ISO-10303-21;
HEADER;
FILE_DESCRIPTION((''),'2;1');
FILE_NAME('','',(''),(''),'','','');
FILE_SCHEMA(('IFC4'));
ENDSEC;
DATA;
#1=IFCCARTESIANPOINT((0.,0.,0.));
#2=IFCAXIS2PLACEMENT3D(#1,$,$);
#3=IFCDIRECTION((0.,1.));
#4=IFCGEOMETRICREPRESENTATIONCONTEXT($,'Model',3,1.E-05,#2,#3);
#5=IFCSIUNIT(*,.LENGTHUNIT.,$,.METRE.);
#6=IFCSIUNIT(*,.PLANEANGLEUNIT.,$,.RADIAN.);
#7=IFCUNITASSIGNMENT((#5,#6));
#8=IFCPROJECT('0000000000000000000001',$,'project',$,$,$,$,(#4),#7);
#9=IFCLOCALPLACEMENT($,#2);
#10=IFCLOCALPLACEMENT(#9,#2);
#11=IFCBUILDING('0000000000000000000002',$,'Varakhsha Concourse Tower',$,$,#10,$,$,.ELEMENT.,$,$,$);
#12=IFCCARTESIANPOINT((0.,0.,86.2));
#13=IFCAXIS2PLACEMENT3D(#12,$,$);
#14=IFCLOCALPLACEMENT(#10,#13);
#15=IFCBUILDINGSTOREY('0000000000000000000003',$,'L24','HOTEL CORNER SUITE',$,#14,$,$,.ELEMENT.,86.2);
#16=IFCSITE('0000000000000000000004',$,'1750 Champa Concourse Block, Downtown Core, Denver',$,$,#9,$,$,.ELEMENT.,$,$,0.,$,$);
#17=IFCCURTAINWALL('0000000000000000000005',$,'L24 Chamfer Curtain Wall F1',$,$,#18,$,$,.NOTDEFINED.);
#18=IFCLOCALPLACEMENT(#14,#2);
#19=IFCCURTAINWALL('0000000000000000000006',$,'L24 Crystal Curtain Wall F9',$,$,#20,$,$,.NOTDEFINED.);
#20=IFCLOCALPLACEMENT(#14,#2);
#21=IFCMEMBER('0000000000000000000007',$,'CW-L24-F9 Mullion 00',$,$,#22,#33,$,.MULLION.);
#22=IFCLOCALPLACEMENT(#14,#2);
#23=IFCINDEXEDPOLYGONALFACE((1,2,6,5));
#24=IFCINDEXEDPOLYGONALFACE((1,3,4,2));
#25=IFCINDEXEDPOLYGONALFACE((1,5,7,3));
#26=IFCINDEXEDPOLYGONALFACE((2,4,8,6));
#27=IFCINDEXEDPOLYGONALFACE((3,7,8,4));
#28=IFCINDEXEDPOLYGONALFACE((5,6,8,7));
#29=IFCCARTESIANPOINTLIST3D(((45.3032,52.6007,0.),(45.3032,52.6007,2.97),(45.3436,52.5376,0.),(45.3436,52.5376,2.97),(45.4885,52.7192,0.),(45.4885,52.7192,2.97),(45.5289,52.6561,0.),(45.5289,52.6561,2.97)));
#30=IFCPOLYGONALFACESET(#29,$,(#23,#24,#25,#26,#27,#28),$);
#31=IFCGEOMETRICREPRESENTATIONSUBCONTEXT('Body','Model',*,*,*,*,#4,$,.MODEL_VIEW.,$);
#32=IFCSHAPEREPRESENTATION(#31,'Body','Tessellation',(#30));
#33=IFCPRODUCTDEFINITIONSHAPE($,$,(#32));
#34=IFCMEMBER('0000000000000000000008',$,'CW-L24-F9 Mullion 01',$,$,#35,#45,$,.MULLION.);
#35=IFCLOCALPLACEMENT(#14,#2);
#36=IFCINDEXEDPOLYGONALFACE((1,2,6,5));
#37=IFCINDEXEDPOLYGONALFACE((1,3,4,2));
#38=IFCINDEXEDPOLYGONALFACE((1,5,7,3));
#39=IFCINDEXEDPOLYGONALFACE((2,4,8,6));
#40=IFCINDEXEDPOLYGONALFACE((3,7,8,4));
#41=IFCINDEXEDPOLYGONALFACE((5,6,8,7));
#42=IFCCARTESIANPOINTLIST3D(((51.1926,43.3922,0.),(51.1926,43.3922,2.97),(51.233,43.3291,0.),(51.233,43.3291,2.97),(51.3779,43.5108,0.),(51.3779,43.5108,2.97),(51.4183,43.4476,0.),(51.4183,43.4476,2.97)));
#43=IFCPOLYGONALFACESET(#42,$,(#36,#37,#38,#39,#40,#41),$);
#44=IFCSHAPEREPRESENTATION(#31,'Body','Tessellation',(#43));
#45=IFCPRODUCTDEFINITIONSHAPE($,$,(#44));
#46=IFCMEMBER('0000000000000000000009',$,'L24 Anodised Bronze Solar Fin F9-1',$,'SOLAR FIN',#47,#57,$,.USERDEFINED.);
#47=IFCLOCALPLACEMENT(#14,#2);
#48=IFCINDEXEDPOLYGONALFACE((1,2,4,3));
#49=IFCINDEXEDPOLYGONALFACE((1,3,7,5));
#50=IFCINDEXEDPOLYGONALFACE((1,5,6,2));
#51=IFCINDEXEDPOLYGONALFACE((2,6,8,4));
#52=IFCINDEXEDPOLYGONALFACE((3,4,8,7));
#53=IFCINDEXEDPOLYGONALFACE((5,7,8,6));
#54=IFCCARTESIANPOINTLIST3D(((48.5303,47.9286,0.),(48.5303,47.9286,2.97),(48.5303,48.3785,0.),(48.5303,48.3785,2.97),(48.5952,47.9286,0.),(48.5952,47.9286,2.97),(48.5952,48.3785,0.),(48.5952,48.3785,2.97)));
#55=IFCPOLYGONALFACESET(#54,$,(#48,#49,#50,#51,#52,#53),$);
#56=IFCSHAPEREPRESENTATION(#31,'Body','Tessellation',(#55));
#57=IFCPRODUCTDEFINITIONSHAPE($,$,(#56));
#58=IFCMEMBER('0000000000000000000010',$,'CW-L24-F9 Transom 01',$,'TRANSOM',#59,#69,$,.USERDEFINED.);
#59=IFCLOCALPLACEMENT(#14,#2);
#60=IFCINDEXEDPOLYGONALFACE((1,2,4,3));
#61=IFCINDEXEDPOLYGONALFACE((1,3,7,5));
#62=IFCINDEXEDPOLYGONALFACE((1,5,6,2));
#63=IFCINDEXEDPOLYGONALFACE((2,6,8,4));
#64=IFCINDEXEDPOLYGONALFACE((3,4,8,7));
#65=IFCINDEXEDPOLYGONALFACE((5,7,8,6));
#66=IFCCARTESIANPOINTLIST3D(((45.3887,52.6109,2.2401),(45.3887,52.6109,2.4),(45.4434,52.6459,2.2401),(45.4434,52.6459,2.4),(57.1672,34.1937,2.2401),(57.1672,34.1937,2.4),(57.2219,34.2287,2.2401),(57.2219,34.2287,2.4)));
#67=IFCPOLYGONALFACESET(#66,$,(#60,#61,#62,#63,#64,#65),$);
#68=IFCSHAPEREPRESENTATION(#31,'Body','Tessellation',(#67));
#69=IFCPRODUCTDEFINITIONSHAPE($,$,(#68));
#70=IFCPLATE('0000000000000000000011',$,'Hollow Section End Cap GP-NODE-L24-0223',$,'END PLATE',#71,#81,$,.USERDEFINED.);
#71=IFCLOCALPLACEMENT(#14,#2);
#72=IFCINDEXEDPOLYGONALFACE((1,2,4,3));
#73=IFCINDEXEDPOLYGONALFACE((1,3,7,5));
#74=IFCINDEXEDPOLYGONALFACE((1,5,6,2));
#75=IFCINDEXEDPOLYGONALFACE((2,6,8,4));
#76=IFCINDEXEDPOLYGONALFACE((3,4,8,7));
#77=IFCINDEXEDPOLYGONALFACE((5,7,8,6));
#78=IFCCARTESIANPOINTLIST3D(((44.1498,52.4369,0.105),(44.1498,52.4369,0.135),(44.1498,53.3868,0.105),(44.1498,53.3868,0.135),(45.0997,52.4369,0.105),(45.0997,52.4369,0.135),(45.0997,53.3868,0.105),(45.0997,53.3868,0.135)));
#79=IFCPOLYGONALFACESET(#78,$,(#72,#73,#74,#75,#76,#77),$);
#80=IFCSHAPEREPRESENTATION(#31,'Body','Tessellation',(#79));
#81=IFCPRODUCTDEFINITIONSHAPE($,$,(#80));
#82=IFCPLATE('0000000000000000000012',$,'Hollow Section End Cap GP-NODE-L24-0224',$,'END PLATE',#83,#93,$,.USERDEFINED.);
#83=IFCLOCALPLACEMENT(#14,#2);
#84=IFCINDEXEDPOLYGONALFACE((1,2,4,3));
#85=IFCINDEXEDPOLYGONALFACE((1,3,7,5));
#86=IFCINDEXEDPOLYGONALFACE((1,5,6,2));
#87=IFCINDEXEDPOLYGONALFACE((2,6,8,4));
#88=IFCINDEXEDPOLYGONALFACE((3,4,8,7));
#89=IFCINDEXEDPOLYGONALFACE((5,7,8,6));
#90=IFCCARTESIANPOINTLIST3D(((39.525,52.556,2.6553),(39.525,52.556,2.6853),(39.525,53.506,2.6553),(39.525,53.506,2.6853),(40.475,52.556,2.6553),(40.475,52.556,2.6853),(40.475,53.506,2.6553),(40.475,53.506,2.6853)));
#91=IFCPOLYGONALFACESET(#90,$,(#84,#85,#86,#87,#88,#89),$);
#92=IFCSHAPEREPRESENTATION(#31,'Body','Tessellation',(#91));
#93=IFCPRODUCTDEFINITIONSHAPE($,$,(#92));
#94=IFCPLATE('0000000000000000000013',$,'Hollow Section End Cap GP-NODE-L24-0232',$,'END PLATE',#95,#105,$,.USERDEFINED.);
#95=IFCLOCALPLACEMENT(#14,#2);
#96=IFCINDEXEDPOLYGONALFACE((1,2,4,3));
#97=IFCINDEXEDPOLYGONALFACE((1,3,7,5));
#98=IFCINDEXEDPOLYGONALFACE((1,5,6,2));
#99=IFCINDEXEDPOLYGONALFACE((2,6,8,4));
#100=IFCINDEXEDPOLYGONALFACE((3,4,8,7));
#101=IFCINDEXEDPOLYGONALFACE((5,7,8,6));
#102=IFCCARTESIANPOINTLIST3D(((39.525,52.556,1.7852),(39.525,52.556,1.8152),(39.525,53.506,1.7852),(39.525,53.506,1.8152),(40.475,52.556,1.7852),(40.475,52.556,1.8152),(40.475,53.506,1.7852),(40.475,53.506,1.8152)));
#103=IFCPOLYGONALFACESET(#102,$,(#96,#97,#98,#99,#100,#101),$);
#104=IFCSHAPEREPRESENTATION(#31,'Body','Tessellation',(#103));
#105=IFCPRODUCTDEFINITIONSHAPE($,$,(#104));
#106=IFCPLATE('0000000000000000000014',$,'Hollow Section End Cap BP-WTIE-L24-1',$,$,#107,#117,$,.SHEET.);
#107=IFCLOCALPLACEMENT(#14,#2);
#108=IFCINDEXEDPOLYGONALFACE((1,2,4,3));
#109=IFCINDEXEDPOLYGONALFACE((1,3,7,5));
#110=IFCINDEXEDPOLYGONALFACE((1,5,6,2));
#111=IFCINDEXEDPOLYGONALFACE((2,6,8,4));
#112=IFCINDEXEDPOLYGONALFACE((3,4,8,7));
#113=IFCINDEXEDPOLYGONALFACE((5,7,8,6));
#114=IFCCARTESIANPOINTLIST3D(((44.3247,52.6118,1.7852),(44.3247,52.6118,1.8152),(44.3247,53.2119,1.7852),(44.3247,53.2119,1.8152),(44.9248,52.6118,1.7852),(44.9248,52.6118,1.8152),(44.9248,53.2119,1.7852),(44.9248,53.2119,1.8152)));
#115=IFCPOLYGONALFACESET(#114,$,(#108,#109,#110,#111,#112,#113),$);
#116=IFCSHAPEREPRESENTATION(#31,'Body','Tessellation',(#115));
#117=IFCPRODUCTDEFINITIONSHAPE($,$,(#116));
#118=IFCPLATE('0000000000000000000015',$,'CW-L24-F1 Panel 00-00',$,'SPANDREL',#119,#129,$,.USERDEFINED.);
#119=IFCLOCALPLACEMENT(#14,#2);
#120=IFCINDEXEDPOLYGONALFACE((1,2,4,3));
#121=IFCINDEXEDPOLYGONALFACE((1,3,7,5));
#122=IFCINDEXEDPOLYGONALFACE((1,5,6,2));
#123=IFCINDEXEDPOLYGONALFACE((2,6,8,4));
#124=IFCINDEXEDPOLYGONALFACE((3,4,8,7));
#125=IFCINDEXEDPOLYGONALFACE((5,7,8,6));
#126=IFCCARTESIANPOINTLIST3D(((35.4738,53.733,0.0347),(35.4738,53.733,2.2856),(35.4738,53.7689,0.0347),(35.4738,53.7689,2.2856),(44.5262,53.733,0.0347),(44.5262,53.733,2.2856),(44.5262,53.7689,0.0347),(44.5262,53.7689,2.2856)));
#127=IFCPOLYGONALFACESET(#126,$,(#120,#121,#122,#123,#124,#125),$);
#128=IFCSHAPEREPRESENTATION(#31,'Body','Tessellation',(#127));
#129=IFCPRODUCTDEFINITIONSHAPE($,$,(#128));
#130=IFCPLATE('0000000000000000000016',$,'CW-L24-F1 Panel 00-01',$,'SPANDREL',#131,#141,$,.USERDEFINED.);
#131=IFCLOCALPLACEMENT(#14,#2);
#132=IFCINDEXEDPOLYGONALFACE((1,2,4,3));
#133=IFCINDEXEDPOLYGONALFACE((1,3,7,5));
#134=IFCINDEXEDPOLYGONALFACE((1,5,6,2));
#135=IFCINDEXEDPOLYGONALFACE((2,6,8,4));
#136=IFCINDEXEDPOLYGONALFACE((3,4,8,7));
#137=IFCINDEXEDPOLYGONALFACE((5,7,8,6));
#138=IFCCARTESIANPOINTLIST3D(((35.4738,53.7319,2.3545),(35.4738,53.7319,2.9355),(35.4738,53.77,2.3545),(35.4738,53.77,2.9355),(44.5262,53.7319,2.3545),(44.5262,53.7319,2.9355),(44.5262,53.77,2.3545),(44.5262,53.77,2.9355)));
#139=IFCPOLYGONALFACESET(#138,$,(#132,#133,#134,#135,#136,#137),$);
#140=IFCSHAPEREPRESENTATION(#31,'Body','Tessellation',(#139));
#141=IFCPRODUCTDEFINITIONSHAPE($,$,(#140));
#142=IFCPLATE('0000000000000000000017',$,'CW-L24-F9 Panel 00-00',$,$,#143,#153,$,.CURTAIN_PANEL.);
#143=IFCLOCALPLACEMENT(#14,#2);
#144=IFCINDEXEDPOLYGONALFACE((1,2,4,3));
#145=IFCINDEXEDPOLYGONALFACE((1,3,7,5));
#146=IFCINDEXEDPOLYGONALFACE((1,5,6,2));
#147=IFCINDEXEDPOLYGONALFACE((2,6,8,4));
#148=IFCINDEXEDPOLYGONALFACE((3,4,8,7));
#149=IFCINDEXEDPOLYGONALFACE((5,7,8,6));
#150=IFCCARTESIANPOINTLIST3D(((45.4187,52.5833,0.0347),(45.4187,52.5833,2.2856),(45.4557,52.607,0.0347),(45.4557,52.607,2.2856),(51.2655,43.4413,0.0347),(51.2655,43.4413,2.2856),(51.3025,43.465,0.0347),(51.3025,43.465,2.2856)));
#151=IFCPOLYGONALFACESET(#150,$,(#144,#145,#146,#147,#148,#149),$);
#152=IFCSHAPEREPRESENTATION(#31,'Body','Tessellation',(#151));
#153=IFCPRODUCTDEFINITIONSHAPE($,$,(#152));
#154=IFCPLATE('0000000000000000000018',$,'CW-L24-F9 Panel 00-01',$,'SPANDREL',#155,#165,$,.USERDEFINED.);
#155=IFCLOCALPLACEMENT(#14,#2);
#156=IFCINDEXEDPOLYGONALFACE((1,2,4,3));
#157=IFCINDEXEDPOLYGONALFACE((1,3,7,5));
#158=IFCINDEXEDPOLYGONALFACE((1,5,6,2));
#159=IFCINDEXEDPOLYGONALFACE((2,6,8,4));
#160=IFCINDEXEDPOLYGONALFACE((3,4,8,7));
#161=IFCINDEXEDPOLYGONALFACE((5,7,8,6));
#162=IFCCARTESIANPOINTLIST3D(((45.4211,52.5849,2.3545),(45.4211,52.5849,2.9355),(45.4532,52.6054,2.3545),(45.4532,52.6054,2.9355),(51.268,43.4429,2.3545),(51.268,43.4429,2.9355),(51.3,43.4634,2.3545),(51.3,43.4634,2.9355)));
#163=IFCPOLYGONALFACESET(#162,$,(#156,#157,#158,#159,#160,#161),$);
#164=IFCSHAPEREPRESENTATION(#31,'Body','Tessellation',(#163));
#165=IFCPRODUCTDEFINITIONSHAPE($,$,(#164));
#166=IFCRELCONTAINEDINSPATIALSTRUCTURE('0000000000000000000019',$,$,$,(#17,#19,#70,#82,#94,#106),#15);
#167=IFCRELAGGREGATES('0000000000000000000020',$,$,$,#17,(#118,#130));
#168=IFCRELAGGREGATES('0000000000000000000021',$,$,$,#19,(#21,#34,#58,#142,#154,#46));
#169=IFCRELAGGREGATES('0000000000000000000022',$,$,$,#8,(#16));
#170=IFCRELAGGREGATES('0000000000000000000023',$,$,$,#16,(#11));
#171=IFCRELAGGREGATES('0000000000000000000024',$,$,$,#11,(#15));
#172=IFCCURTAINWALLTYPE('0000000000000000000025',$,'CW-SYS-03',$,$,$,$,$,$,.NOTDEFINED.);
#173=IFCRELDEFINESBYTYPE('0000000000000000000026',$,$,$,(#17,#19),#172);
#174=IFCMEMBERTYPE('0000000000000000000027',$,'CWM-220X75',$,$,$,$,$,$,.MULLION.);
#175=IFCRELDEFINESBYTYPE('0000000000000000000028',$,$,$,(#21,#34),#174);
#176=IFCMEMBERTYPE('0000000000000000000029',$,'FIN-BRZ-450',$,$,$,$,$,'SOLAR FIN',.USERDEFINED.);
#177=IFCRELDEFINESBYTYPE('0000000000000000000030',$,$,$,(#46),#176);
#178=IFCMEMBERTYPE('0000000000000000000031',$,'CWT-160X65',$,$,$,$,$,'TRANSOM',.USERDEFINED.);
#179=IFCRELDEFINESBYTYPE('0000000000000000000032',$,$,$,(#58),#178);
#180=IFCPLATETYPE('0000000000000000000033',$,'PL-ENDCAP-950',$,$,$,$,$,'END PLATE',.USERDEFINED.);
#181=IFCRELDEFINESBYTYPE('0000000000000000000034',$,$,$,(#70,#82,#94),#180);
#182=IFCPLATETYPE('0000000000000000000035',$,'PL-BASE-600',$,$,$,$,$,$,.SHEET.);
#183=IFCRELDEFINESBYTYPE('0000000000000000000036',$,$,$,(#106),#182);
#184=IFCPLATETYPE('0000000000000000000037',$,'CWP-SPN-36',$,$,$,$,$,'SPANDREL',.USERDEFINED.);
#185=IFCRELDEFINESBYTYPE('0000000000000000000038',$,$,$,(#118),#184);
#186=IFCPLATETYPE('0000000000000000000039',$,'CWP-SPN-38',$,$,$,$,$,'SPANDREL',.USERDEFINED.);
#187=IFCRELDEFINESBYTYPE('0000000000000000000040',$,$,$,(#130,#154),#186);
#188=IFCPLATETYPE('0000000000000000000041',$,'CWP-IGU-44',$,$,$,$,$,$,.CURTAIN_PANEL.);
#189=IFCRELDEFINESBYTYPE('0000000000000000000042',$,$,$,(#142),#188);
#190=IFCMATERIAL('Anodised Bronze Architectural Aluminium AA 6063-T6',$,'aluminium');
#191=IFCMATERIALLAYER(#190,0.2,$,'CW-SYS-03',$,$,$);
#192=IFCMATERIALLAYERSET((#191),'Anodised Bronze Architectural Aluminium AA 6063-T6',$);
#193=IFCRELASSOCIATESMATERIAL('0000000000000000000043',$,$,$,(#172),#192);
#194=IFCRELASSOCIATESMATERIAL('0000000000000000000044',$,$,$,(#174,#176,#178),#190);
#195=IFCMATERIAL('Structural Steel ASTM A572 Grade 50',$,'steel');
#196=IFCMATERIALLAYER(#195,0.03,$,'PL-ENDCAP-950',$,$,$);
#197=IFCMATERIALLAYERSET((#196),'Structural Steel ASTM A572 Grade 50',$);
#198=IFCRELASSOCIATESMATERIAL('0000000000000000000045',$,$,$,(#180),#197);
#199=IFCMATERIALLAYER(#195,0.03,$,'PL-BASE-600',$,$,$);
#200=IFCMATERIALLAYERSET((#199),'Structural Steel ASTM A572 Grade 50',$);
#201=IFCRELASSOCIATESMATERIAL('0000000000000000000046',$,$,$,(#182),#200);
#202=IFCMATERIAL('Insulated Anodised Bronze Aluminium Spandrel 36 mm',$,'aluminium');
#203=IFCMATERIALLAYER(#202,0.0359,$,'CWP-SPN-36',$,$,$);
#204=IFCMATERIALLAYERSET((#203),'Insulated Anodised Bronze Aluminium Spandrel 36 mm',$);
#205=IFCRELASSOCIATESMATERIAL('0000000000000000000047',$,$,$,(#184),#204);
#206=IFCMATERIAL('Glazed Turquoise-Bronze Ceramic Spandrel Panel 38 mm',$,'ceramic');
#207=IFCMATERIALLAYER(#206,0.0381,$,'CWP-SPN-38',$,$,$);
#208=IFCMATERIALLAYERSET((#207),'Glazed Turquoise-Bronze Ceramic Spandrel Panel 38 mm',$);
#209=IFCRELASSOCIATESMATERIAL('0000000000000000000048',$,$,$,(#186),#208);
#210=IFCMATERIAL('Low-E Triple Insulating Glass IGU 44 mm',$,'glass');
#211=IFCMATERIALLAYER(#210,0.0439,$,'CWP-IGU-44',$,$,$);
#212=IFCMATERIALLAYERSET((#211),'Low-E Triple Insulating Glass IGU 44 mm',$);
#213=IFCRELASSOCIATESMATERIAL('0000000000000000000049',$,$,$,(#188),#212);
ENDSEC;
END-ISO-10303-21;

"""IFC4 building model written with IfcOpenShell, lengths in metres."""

from ifc_helpers import new_model, si_unit, direction, frame, origin, origin_2d, place, context, subcontext, project, spatial, rectangle, extrude, source, transform, mapped, material, layer, layer_set, material_profile, profile_set, type_object, type_shapes, element, aggregate, save


model = new_model("IFC4")

# Units and contexts
model_context = context("Model", 3, precision=1e-05, world=origin(), true_north=direction((0.0, 1.0)))
body_context = subcontext(model_context, "Body", "Model", "MODEL_VIEW")
ifc_project = project(units=[si_unit("LENGTHUNIT", "METRE"), si_unit("PLANEANGLEUNIT", "RADIAN")], contexts=[model_context])

# Site, building, storey
site_placement = place(None, origin())
site = spatial("IfcSite", under=ifc_project, at=site_placement, Name="1750 Champa Concourse Block, Downtown Core, Denver", CompositionType="ELEMENT", RefElevation=0.0)
building_placement = place(site_placement, origin())
building = spatial("IfcBuilding", under=site, at=building_placement, Name="Varakhsha Concourse Tower", CompositionType="ELEMENT")
storey_placement = place(building_placement, frame((0.0, 0.0, 86.2)))
storey = spatial("IfcBuildingStorey", under=building, at=storey_placement, Name="L24", Description="HOTEL CORNER SUITE", CompositionType="ELEMENT", Elevation=86.2)

# Shared definitions
ifc_material_1 = material(Name="Structural Steel ASTM A572 Grade 50", Category="steel")

# Curtain wall
ifc_material_2 = material(Name="Anodised Bronze Architectural Aluminium AA 6063-T6", Category="aluminium")
ifc_layer_1 = layer(ifc_material_2, 0.2, Name="CW-SYS-03")
ifc_layer_set_1 = layer_set([ifc_layer_1], Name="Anodised Bronze Architectural Aluminium AA 6063-T6")
curtain_wall_type = type_object("IfcCurtainWallType", Name="CW-SYS-03", PredefinedType="NOTDEFINED", material=ifc_layer_set_1)
curtain_wall_1_placement = place(storey_placement, origin())
curtain_wall_1 = element("IfcCurtainWall", 1, at=curtain_wall_1_placement, inside=storey, type_object=curtain_wall_type, Name="L24 Chamfer Curtain Wall F1", PredefinedType="NOTDEFINED")
ifc_material_profile_1 = material_profile(ifc_material_2, rectangle(XDim=0.075, YDim=0.22, at=origin_2d()), Name="CWM-220X75")
ifc_profile_set_1 = profile_set([ifc_material_profile_1], Name="Anodised Bronze Architectural Aluminium AA 6063-T6")
member_type_1 = type_object("IfcMemberType", Name="CWM-220X75", PredefinedType="MULLION", material=ifc_profile_set_1)
shared_shape_1 = source(origin(), body_context, "Body", "SweptSolid", [
    extrude(rectangle(XDim=0.075, YDim=0.22, at=origin_2d()), origin(), (0.0, 0.0, 1.0), 2.97),
])
type_shapes(member_type_1, [shared_shape_1])

# Curtain wall, members
curtain_wall_2_placement = place(storey_placement, origin())
curtain_wall_2 = element("IfcCurtainWall", 2, at=curtain_wall_2_placement, inside=storey, type_object=curtain_wall_type, Name="L24 Crystal Curtain Wall F9", PredefinedType="NOTDEFINED")
member_1_placement = place(storey_placement, frame((45.416, 52.6284, 0.0), z_axis=(0.0, 0.0, 1.0), x_axis=(0.538787, -0.842442, 0.0)))
member_1 = element("IfcMember", 3, at=member_1_placement, type_object=member_type_1, Name="CW-L24-F9 Mullion 00", PredefinedType="MULLION", context=body_context, shape_type="MappedRepresentation", body=[
    mapped(shared_shape_1, transform((0.0, 0.0, 0.0), scale=1.0)),
])
member_2_placement = place(storey_placement, frame((51.3054, 43.4199, 0.0), z_axis=(0.0, 0.0, 1.0), x_axis=(0.538787, -0.842442, 0.0)))
member_2 = element("IfcMember", 4, at=member_2_placement, type_object=member_type_1, Name="CW-L24-F9 Mullion 01", PredefinedType="MULLION", context=body_context, shape_type="MappedRepresentation", body=[
    mapped(shared_shape_1, transform((0.0, 0.0, 0.0), scale=1.0)),
])
ifc_material_profile_2 = material_profile(ifc_material_2, rectangle(XDim=0.0649, YDim=0.45, at=origin_2d()), Name="FIN-BRZ-450")
ifc_profile_set_2 = profile_set([ifc_material_profile_2], Name="Anodised Bronze Architectural Aluminium AA 6063-T6")
member_type_2 = type_object("IfcMemberType", Name="FIN-BRZ-450", ElementType="SOLAR FIN", PredefinedType="USERDEFINED", material=ifc_profile_set_2)
shared_shape_2 = source(origin(), body_context, "Body", "SweptSolid", [
    extrude(rectangle(XDim=0.0649, YDim=0.45, at=origin_2d()), origin(), (0.0, 0.0, 1.0), 2.97),
])
type_shapes(member_type_2, [shared_shape_2])
member_3_placement = place(storey_placement, frame((48.5627, 48.1536, 0.0), z_axis=(0.0, 0.0, 1.0), x_axis=(1.0, 0.0, 0.0)))
member_3 = element("IfcMember", 5, at=member_3_placement, type_object=member_type_2, Name="L24 Anodised Bronze Solar Fin F9-1", ObjectType="SOLAR FIN", PredefinedType="USERDEFINED", context=body_context, shape_type="MappedRepresentation", body=[
    mapped(shared_shape_2, transform((0.0, 0.0, 0.0), scale=1.0)),
])
ifc_material_profile_3 = material_profile(ifc_material_2, rectangle(XDim=0.0649, YDim=0.1599, at=origin_2d()), Name="CWT-160X65")
ifc_profile_set_3 = profile_set([ifc_material_profile_3], Name="Anodised Bronze Architectural Aluminium AA 6063-T6")
member_type_3 = type_object("IfcMemberType", Name="CWT-160X65", ElementType="TRANSOM", PredefinedType="USERDEFINED", material=ifc_profile_set_3)
shared_shape_3 = source(origin(), body_context, "Body", "SweptSolid", [
    extrude(rectangle(XDim=0.0649, YDim=0.1599, at=origin_2d()), origin(), (0.0, 0.0, 1.0), 21.8616),
])
type_shapes(member_type_3, [shared_shape_3])
member_4_placement = place(storey_placement, frame((45.416, 52.6284, 2.3201), z_axis=(0.538779, -0.842447, 0.0), x_axis=(0.842447, 0.538779, 0.0)))
member_4 = element("IfcMember", 6, at=member_4_placement, type_object=member_type_3, Name="CW-L24-F9 Transom 01", ObjectType="TRANSOM", PredefinedType="USERDEFINED", context=body_context, shape_type="MappedRepresentation", body=[
    mapped(shared_shape_3, transform((0.0, 0.0, 0.0), scale=1.0)),
])

# Plates
ifc_layer_2 = layer(ifc_material_1, 0.03, Name="PL-ENDCAP-950")
ifc_layer_set_2 = layer_set([ifc_layer_2], Name="Structural Steel ASTM A572 Grade 50")
plate_type_1 = type_object("IfcPlateType", Name="PL-ENDCAP-950", ElementType="END PLATE", PredefinedType="USERDEFINED", material=ifc_layer_set_2)
shared_shape_4 = source(origin(), body_context, "Body", "SweptSolid", [
    extrude(rectangle(XDim=0.95, YDim=0.95, at=origin_2d()), origin(), (0.0, 0.0, 1.0), 0.03),
])
type_shapes(plate_type_1, [shared_shape_4])
for number, where, z_axis, x_axis, name in (
    (7, (44.6248, 52.9119, 0.105), (0.0, 0.0, 1.0), (1.0, 0.0, 0.0), "Hollow Section End Cap GP-NODE-L24-0223"),
    (8, (40.0, 53.031, 2.6553), (0.0, 0.0, 1.0), (1.0, 0.0, 0.0), "Hollow Section End Cap GP-NODE-L24-0224"),
    (9, (40.0, 53.031, 1.7852), (0.0, 0.0, 1.0), (1.0, 0.0, 0.0), "Hollow Section End Cap GP-NODE-L24-0232"),
):
    element("IfcPlate", number, at=place(storey_placement, frame(where, z_axis=z_axis, x_axis=x_axis)), inside=storey, type_object=plate_type_1, Name=name, ObjectType="END PLATE", PredefinedType="USERDEFINED", context=body_context, shape_type="MappedRepresentation", body=[
        mapped(shared_shape_4, transform((0.0, 0.0, 0.0), scale=1.0)),
    ])
ifc_layer_3 = layer(ifc_material_1, 0.03, Name="PL-BASE-600")
ifc_layer_set_3 = layer_set([ifc_layer_3], Name="Structural Steel ASTM A572 Grade 50")
plate_type_2 = type_object("IfcPlateType", Name="PL-BASE-600", PredefinedType="SHEET", material=ifc_layer_set_3)
shared_shape_5 = source(origin(), body_context, "Body", "SweptSolid", [
    extrude(rectangle(XDim=0.6001, YDim=0.6001, at=origin_2d()), origin(), (0.0, 0.0, 1.0), 0.03),
])
type_shapes(plate_type_2, [shared_shape_5])
plate_1_placement = place(storey_placement, frame((44.6248, 52.9119, 1.7852), z_axis=(0.0, 0.0, 1.0), x_axis=(1.0, 0.0, 0.0)))
element("IfcPlate", 10, at=plate_1_placement, inside=storey, type_object=plate_type_2, Name="Hollow Section End Cap BP-WTIE-L24-1", PredefinedType="SHEET", context=body_context, shape_type="MappedRepresentation", body=[
    mapped(shared_shape_5, transform((0.0, 0.0, 0.0), scale=1.0)),
])

# Plates
ifc_material_3 = material(Name="Insulated Anodised Bronze Aluminium Spandrel 36 mm", Category="aluminium")
ifc_layer_4 = layer(ifc_material_3, 0.0359, Name="CWP-SPN-36")
ifc_layer_set_4 = layer_set([ifc_layer_4], Name="Insulated Anodised Bronze Aluminium Spandrel 36 mm")
plate_type_3 = type_object("IfcPlateType", Name="CWP-SPN-36", ElementType="SPANDREL", PredefinedType="USERDEFINED", material=ifc_layer_set_4)
shared_shape_6 = source(origin(), body_context, "Body", "SweptSolid", [
    extrude(rectangle(XDim=9.0525, YDim=0.0359, at=origin_2d()), origin(), (0.0, 0.0, 1.0), 2.251),
])
type_shapes(plate_type_3, [shared_shape_6])
plate_2_placement = place(storey_placement, frame((40.0, 53.751, 0.0347), z_axis=(0.0, 0.0, 1.0), x_axis=(1.0, 0.0, 0.0)))
plate_2 = element("IfcPlate", 11, at=plate_2_placement, type_object=plate_type_3, Name="CW-L24-F1 Panel 00-00", ObjectType="SPANDREL", PredefinedType="USERDEFINED", context=body_context, shape_type="MappedRepresentation", body=[
    mapped(shared_shape_6, transform((0.0, 0.0, 0.0), scale=1.0)),
])
ifc_material_4 = material(Name="Glazed Turquoise-Bronze Ceramic Spandrel Panel 38 mm", Category="ceramic")
ifc_layer_5 = layer(ifc_material_4, 0.0381, Name="CWP-SPN-38")
ifc_layer_set_5 = layer_set([ifc_layer_5], Name="Glazed Turquoise-Bronze Ceramic Spandrel Panel 38 mm")
plate_type_4 = type_object("IfcPlateType", Name="CWP-SPN-38", ElementType="SPANDREL", PredefinedType="USERDEFINED", material=ifc_layer_set_5)
shared_shape_7 = source(origin(), body_context, "Body", "SweptSolid", [
    extrude(rectangle(XDim=9.0525, YDim=0.0381, at=origin_2d()), origin(), (0.0, 0.0, 1.0), 0.5811),
])
plate_3_placement = place(storey_placement, frame((40.0, 53.751, 2.3545), z_axis=(0.0, 0.0, 1.0), x_axis=(1.0, 0.0, 0.0)))
plate_3 = element("IfcPlate", 12, at=plate_3_placement, type_object=plate_type_4, Name="CW-L24-F1 Panel 00-01", ObjectType="SPANDREL", PredefinedType="USERDEFINED", context=body_context, shape_type="MappedRepresentation", body=[
    mapped(shared_shape_7, transform((0.0, 0.0, 0.0), scale=1.0)),
])
aggregate(curtain_wall_1, [plate_2, plate_3])
ifc_material_5 = material(Name="Low-E Triple Insulating Glass IGU 44 mm", Category="glass")
ifc_layer_6 = layer(ifc_material_5, 0.0439, Name="CWP-IGU-44")
ifc_layer_set_6 = layer_set([ifc_layer_6], Name="Low-E Triple Insulating Glass IGU 44 mm")
plate_type_5 = type_object("IfcPlateType", Name="CWP-IGU-44", PredefinedType="CURTAIN_PANEL", material=ifc_layer_set_6)
shared_shape_8 = source(origin(), body_context, "Body", "SweptSolid", [
    extrude(rectangle(XDim=10.8518, YDim=0.0439, at=origin_2d()), origin(), (0.0, 0.0, 1.0), 2.251),
])
type_shapes(plate_type_5, [shared_shape_8])
plate_4_placement = place(storey_placement, frame((48.3606, 48.0242, 0.0347), z_axis=(0.0, 0.0, 1.0), x_axis=(0.538787, -0.842442, 0.0)))
plate_4 = element("IfcPlate", 13, at=plate_4_placement, type_object=plate_type_5, Name="CW-L24-F9 Panel 00-00", PredefinedType="CURTAIN_PANEL", context=body_context, shape_type="MappedRepresentation", body=[
    mapped(shared_shape_8, transform((0.0, 0.0, 0.0), scale=1.0)),
])
shared_shape_9 = source(origin(), body_context, "Body", "SweptSolid", [
    extrude(rectangle(XDim=10.8518, YDim=0.0381, at=origin_2d()), origin(), (0.0, 0.0, 1.0), 0.5811),
])
type_shapes(plate_type_4, [shared_shape_7, shared_shape_9])
plate_5_placement = place(storey_placement, frame((48.3606, 48.0242, 2.3545), z_axis=(0.0, 0.0, 1.0), x_axis=(0.538787, -0.842442, 0.0)))
plate_5 = element("IfcPlate", 14, at=plate_5_placement, type_object=plate_type_4, Name="CW-L24-F9 Panel 00-01", ObjectType="SPANDREL", PredefinedType="USERDEFINED", context=body_context, shape_type="MappedRepresentation", body=[
    mapped(shared_shape_9, transform((0.0, 0.0, 0.0), scale=1.0)),
])
aggregate(curtain_wall_2, [member_1, member_2, member_4, plate_4, plate_5, member_3])

save(model, "model.ifc")
